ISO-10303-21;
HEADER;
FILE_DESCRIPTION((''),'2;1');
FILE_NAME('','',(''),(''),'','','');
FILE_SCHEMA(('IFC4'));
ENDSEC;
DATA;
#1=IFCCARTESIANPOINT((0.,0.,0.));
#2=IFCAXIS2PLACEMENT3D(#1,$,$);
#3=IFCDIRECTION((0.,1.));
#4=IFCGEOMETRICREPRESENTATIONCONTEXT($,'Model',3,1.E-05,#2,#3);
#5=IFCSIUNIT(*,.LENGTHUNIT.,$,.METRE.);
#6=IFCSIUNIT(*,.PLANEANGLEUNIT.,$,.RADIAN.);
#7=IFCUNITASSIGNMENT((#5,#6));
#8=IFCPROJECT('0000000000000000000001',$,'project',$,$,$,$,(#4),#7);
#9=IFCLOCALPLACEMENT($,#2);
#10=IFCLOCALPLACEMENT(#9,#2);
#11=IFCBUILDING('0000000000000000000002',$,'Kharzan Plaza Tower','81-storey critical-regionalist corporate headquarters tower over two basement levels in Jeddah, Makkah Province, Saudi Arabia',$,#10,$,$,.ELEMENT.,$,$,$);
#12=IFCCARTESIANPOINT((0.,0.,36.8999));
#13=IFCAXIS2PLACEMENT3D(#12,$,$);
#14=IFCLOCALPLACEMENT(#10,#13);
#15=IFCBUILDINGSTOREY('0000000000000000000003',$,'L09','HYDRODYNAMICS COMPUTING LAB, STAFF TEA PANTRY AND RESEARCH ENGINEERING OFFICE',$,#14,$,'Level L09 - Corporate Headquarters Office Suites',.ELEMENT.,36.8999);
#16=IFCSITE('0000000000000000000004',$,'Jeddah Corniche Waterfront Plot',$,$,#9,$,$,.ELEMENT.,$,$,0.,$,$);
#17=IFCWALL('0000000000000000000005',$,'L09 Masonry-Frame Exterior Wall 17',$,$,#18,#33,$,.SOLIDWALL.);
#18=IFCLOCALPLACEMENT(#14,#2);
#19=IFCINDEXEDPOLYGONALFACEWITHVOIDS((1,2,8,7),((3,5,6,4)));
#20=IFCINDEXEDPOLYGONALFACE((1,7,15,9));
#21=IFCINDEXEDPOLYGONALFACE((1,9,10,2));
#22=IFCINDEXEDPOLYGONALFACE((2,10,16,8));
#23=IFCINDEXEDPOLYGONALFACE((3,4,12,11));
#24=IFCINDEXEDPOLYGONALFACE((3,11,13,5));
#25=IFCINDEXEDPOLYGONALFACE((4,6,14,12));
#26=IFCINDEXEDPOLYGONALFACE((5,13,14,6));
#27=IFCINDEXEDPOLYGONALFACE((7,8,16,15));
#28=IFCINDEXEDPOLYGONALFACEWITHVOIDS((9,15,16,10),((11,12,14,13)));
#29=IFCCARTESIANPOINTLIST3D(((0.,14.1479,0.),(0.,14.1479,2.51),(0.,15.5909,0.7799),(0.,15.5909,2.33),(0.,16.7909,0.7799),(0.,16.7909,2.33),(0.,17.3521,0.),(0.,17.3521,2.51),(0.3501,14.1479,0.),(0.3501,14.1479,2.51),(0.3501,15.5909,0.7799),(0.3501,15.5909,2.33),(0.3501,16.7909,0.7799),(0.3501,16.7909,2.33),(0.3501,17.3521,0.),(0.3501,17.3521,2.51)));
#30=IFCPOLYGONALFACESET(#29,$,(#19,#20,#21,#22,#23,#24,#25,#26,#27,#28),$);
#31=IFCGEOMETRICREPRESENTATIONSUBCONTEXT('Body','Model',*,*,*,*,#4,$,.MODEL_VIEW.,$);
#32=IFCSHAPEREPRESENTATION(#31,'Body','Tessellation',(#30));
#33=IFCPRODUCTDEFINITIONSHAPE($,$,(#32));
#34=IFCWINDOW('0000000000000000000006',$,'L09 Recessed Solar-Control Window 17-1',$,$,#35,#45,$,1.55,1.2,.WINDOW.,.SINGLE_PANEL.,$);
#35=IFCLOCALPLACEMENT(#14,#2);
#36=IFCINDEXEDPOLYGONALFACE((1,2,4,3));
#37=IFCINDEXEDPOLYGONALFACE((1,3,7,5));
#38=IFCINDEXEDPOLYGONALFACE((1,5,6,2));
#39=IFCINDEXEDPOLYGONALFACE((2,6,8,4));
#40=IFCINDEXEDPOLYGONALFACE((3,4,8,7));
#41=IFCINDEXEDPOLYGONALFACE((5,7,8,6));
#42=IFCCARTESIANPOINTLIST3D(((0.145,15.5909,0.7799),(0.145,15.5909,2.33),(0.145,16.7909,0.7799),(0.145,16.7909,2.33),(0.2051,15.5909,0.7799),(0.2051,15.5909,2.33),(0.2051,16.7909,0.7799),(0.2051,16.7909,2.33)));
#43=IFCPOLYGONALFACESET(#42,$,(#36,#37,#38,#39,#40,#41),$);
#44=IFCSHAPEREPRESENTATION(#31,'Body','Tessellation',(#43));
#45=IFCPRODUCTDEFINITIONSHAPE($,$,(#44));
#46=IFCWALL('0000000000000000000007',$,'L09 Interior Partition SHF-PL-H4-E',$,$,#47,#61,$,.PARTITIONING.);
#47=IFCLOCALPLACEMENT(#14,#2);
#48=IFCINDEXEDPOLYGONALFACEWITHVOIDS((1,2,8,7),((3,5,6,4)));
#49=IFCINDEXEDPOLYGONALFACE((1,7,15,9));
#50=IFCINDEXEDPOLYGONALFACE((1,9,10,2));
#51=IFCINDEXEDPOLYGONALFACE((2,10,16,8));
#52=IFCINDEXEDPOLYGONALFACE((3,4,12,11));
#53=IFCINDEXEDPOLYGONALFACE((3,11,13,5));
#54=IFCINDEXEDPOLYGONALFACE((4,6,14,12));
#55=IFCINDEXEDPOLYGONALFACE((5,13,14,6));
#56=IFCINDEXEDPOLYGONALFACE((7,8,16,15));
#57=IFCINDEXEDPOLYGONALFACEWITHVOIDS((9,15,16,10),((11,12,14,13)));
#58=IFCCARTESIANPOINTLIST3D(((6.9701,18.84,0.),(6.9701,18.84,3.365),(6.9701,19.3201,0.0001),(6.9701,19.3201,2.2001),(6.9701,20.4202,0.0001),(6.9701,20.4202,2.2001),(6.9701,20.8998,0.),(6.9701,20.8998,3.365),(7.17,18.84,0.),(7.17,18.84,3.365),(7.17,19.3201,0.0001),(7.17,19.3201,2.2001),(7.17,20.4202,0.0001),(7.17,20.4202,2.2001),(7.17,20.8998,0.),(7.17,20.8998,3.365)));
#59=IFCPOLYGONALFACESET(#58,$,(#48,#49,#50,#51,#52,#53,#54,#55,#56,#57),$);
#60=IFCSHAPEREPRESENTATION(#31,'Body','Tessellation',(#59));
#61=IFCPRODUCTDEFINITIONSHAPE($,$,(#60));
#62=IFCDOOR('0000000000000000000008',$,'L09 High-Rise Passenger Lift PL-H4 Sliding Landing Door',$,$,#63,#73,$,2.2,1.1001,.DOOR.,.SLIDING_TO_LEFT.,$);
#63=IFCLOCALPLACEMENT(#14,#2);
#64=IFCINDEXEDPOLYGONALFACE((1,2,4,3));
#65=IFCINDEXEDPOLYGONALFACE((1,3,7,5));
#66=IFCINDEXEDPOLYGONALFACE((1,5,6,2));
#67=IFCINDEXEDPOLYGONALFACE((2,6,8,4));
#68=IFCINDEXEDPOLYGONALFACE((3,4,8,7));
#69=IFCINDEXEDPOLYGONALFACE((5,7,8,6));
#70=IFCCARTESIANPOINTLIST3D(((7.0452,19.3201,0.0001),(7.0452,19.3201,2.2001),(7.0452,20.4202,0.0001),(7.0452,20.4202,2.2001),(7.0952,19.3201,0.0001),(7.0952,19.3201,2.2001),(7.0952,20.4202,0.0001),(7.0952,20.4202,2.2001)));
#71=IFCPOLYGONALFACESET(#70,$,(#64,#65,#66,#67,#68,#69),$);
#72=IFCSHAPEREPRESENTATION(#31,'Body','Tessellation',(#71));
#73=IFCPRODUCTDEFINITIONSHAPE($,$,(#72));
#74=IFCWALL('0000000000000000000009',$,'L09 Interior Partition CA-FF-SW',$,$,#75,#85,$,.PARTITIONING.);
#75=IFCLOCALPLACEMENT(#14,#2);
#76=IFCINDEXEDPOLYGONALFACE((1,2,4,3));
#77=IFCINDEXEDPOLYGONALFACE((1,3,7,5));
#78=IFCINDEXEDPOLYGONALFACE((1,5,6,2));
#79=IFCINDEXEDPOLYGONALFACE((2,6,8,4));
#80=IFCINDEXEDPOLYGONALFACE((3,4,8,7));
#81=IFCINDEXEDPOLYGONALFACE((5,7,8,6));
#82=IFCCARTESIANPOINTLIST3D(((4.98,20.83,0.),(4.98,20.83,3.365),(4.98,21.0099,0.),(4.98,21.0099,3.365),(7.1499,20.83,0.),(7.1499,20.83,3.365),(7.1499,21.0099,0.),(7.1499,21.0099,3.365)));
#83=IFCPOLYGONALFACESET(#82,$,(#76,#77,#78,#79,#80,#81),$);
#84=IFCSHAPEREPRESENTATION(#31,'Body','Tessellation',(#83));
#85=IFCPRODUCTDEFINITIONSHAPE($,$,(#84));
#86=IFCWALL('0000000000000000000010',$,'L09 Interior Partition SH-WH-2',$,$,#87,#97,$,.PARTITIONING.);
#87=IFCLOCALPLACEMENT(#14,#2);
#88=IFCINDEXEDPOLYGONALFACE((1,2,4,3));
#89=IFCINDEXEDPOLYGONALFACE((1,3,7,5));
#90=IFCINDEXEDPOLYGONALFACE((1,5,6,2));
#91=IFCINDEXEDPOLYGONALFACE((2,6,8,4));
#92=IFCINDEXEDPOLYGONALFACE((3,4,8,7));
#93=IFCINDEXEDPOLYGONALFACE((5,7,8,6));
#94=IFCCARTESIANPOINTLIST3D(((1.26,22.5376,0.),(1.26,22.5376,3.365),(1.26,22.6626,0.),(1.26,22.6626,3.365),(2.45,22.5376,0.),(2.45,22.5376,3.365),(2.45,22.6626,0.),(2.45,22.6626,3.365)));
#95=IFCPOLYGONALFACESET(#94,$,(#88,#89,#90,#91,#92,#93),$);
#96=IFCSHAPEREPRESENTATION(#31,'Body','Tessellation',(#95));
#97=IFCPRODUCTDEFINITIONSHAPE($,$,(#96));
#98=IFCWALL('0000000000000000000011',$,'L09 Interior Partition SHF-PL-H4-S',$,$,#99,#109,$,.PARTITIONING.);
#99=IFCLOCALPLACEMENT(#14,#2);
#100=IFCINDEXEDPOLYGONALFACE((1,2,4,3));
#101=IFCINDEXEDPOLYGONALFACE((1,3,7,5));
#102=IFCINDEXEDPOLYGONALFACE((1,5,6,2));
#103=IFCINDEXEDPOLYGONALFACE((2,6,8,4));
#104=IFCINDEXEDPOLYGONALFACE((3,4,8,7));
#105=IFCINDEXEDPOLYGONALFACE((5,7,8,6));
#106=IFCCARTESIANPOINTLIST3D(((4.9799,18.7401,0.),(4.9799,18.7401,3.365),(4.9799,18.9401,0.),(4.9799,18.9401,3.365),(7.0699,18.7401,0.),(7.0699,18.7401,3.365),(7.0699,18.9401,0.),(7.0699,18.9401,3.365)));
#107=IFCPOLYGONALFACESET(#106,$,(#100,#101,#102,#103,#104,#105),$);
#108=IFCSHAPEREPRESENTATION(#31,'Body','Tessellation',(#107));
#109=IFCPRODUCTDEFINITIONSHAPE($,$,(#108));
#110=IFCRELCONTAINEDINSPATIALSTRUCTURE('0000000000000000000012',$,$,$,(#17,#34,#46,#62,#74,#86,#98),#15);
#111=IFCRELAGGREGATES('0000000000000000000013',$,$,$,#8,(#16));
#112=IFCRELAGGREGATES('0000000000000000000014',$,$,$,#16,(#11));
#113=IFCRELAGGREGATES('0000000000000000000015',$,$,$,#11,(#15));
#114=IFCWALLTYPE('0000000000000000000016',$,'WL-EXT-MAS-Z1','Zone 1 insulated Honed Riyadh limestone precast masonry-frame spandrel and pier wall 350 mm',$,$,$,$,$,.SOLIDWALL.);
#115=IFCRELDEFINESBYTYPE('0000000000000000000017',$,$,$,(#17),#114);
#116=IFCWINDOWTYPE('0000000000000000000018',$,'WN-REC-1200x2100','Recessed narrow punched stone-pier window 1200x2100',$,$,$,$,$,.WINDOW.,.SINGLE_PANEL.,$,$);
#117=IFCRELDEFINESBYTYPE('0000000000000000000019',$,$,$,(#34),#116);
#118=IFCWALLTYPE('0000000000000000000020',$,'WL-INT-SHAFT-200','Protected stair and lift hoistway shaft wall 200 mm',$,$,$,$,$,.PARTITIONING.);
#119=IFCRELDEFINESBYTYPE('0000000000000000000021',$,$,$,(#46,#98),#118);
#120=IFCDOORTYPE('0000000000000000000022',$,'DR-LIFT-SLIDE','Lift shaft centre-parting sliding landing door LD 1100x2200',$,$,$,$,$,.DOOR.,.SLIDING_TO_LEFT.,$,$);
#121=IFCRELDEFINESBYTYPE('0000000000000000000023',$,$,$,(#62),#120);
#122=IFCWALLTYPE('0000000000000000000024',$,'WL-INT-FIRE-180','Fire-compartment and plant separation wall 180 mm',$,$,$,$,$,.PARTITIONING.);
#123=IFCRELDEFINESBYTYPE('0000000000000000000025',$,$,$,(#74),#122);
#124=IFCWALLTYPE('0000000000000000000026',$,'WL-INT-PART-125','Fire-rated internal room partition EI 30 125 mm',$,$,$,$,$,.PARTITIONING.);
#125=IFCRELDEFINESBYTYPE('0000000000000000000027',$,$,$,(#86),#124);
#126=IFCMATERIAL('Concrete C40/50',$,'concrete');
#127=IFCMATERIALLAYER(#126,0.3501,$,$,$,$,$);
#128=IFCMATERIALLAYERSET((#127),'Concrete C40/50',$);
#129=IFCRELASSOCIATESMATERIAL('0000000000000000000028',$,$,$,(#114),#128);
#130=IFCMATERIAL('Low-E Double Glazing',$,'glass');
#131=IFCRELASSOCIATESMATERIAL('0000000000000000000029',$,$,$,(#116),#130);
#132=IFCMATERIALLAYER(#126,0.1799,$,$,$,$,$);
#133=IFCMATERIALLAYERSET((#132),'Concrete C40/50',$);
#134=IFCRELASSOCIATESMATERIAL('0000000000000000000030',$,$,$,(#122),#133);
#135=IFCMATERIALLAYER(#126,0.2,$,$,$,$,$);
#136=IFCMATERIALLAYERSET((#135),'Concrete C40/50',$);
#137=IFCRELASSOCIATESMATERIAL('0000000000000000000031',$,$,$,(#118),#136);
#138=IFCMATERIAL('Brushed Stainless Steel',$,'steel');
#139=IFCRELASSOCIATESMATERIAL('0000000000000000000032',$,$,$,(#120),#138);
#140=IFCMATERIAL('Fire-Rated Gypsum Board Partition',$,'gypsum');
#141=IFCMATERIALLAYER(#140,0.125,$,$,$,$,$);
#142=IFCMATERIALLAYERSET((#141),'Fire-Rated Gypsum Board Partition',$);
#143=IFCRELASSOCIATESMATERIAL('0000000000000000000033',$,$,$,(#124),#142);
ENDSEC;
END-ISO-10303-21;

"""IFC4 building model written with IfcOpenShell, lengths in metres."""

from ifc_helpers import new_model, si_unit, direction, frame, frame_2d, origin, place, context, subcontext, project, spatial, rectangle, extrude, source, transform, mapped, material, layer, layer_set, type_object, element, fill, save


model = new_model("IFC4")

# Units and contexts
model_context = context("Model", 3, precision=1e-05, world=origin(), true_north=direction((0.0, 1.0)))
body_context = subcontext(model_context, "Body", "Model", "MODEL_VIEW")
ifc_project = project(units=[si_unit("LENGTHUNIT", "METRE"), si_unit("PLANEANGLEUNIT", "RADIAN")], contexts=[model_context])

# Site, building, storey
site_placement = place(None, origin())
site = spatial("IfcSite", under=ifc_project, at=site_placement, Name="Jeddah Corniche Waterfront Plot", CompositionType="ELEMENT", RefElevation=0.0)
building_placement = place(site_placement, origin())
building = spatial("IfcBuilding", under=site, at=building_placement, Name="Kharzan Plaza Tower", Description="81-storey critical-regionalist corporate headquarters tower over two basement levels in Jeddah, Makkah Province, Saudi Arabia", CompositionType="ELEMENT")
storey_placement = place(building_placement, frame((0.0, 0.0, 36.8999)))
storey = spatial("IfcBuildingStorey", under=building, at=storey_placement, Name="L09", Description="HYDRODYNAMICS COMPUTING LAB, STAFF TEA PANTRY AND RESEARCH ENGINEERING OFFICE", LongName="Level L09 - Corporate Headquarters Office Suites", CompositionType="ELEMENT", Elevation=36.8999)

# Wall, opening, window
ifc_material_1 = material(Name="Concrete C40/50", Category="concrete")
ifc_layer_1 = layer(ifc_material_1, 0.3501)
ifc_layer_set_1 = layer_set([ifc_layer_1], Name="Concrete C40/50")
wall_type_1 = type_object("IfcWallType", Name="WL-EXT-MAS-Z1", Description="Zone 1 insulated Honed Riyadh limestone precast masonry-frame spandrel and pier wall 350 mm", PredefinedType="SOLIDWALL", material=ifc_layer_set_1)
ifc_material_2 = material(Name="Low-E Double Glazing", Category="glass")
wall_1_placement = place(storey_placement, frame((0.175, 17.3521, 0.0), z_axis=(0.0, 0.0, 1.0), x_axis=(0.0, -1.0, 0.0)))
wall_1 = element("IfcWall", 1, at=wall_1_placement, inside=storey, type_object=wall_type_1, Name="L09 Masonry-Frame Exterior Wall 17", PredefinedType="SOLIDWALL", context=body_context, shape_type="SweptSolid", body=[
    extrude(rectangle(XDim=3.2041, YDim=0.3501, at=frame_2d((1.6021, 0.0))), origin(), (0.0, 0.0, 1.0), 2.51),
])
opening_1_placement = place(wall_1_placement, frame((0.561, 0.0, 0.78)))
opening_1 = element("IfcOpeningElement", 2, at=opening_1_placement, cuts=wall_1, PredefinedType="OPENING", context=body_context, shape_type="SweptSolid", body=[
    extrude(rectangle(XDim=1.2, YDim=1.55, at=frame_2d((0.6001, 0.7749))), frame((0.0, 0.1851, 0.0), z_axis=(0.0, -1.0, 0.0), x_axis=(1.0, 0.0, 0.0)), (0.0, 0.0, 1.0), 0.3701),
])
window_type_1 = type_object("IfcWindowType", Name="WN-REC-1200x2100", Description="Recessed narrow punched stone-pier window 1200x2100", PartitioningType="SINGLE_PANEL", PredefinedType="WINDOW", material=ifc_material_2)
shared_shape_1 = source(origin(), body_context, "Body", "SweptSolid", [
    extrude(rectangle(XDim=1.2, YDim=1.55, at=frame_2d((0.6001, 0.7749))), frame((0.0, 0.03, 0.0), z_axis=(0.0, -1.0, 0.0), x_axis=(1.0, 0.0, 0.0)), (0.0, 0.0, 1.0), 0.0601),
])
window_1_placement = place(opening_1_placement, origin())
window_1 = element("IfcWindow", 3, at=window_1_placement, inside=storey, type_object=window_type_1, Name="L09 Recessed Solar-Control Window 17-1", OverallHeight=1.55, OverallWidth=1.2, PartitioningType="SINGLE_PANEL", PredefinedType="WINDOW", context=body_context, shape_type="MappedRepresentation", body=[
    mapped(shared_shape_1, transform((0.0, 0.0, 0.0), x_axis=(1.0, 0.0, 0.0), y_axis=(0.0, 1.0, 0.0), z_axis=(0.0, 0.0, 1.0))),
])
fill(opening_1, window_1)

# Wall, opening, door
ifc_layer_2 = layer(ifc_material_1, 0.1799)
ifc_layer_set_2 = layer_set([ifc_layer_2], Name="Concrete C40/50")
wall_type_2 = type_object("IfcWallType", Name="WL-INT-FIRE-180", Description="Fire-compartment and plant separation wall 180 mm", PredefinedType="PARTITIONING", material=ifc_layer_set_2)
ifc_layer_3 = layer(ifc_material_1, 0.2)
ifc_layer_set_3 = layer_set([ifc_layer_3], Name="Concrete C40/50")
wall_type_3 = type_object("IfcWallType", Name="WL-INT-SHAFT-200", Description="Protected stair and lift hoistway shaft wall 200 mm", PredefinedType="PARTITIONING", material=ifc_layer_set_3)
wall_2_placement = place(storey_placement, frame((7.0701, 18.8401, 0.0), z_axis=(0.0, 0.0, 1.0), x_axis=(0.0, 1.0, 0.0)))
wall_2 = element("IfcWall", 4, at=wall_2_placement, inside=storey, type_object=wall_type_3, Name="L09 Interior Partition SHF-PL-H4-E", PredefinedType="PARTITIONING", context=body_context, shape_type="SweptSolid", body=[
    extrude(rectangle(XDim=2.0598, YDim=0.2, at=frame_2d((1.0298, 0.0))), origin(), (0.0, 0.0, 1.0), 3.365),
])
opening_2_placement = place(wall_2_placement, frame((0.48, 0.0, 0.0)))
opening_2 = element("IfcOpeningElement", 5, at=opening_2_placement, cuts=wall_2, PredefinedType="OPENING", context=body_context, shape_type="SweptSolid", body=[
    extrude(rectangle(XDim=1.1001, YDim=2.2, at=frame_2d((0.55, 1.1001))), frame((0.0, 0.1099, 0.0), z_axis=(0.0, -1.0, 0.0), x_axis=(1.0, 0.0, 0.0)), (0.0, 0.0, 1.0), 0.22),
])
ifc_material_3 = material(Name="Brushed Stainless Steel", Category="steel")
door_type_1 = type_object("IfcDoorType", Name="DR-LIFT-SLIDE", Description="Lift shaft centre-parting sliding landing door LD 1100x2200", OperationType="SLIDING_TO_LEFT", PredefinedType="DOOR", material=ifc_material_3)
shared_shape_2 = source(origin(), body_context, "Body", "SweptSolid", [
    extrude(rectangle(XDim=1.1001, YDim=2.2, at=frame_2d((0.55, 1.1001))), frame((0.0, 0.0249, 0.0), z_axis=(0.0, -1.0, 0.0), x_axis=(1.0, 0.0, 0.0)), (0.0, 0.0, 1.0), 0.05),
])
door_1_placement = place(opening_2_placement, origin())
door_1 = element("IfcDoor", 6, at=door_1_placement, inside=storey, type_object=door_type_1, Name="L09 High-Rise Passenger Lift PL-H4 Sliding Landing Door", OperationType="SLIDING_TO_LEFT", OverallHeight=2.2, OverallWidth=1.1001, PredefinedType="DOOR", context=body_context, shape_type="MappedRepresentation", body=[
    mapped(shared_shape_2, transform((0.0, 0.0, 0.0), x_axis=(1.0, 0.0, 0.0), y_axis=(0.0, 1.0, 0.0), z_axis=(0.0, 0.0, 1.0))),
])
fill(opening_2, door_1)

# Walls
shared_shape_3 = source(origin(), body_context, "Body", "SweptSolid", [
    extrude(rectangle(XDim=2.1699, YDim=0.1799, at=frame_2d((1.085, 0.0))), origin(), (0.0, 0.0, 1.0), 3.365),
])
wall_3_placement = place(storey_placement, frame((4.98, 20.9199, 0.0), z_axis=(0.0, 0.0, 1.0), x_axis=(1.0, 0.0, 0.0)))
element("IfcWall", 7, at=wall_3_placement, inside=storey, type_object=wall_type_2, Name="L09 Interior Partition CA-FF-SW", PredefinedType="PARTITIONING", context=body_context, shape_type="MappedRepresentation", body=[
    mapped(shared_shape_3, transform((0.0, 0.0, 0.0), x_axis=(1.0, 0.0, 0.0), y_axis=(0.0, 1.0, 0.0), z_axis=(0.0, 0.0, 1.0))),
])
ifc_material_4 = material(Name="Fire-Rated Gypsum Board Partition", Category="gypsum")
ifc_layer_4 = layer(ifc_material_4, 0.125)
ifc_layer_set_4 = layer_set([ifc_layer_4], Name="Fire-Rated Gypsum Board Partition")
wall_type_4 = type_object("IfcWallType", Name="WL-INT-PART-125", Description="Fire-rated internal room partition EI 30 125 mm", PredefinedType="PARTITIONING", material=ifc_layer_set_4)
shared_shape_4 = source(origin(), body_context, "Body", "SweptSolid", [
    extrude(rectangle(XDim=1.1899, YDim=0.125, at=frame_2d((0.595, 0.0))), origin(), (0.0, 0.0, 1.0), 3.365),
])
wall_4_placement = place(storey_placement, frame((1.26, 22.6001, 0.0), z_axis=(0.0, 0.0, 1.0), x_axis=(1.0, 0.0, 0.0)))
element("IfcWall", 8, at=wall_4_placement, inside=storey, type_object=wall_type_4, Name="L09 Interior Partition SH-WH-2", PredefinedType="PARTITIONING", context=body_context, shape_type="MappedRepresentation", body=[
    mapped(shared_shape_4, transform((0.0, 0.0, 0.0), x_axis=(1.0, 0.0, 0.0), y_axis=(0.0, 1.0, 0.0), z_axis=(0.0, 0.0, 1.0))),
])
shared_shape_5 = source(origin(), body_context, "Body", "SweptSolid", [
    extrude(rectangle(XDim=2.0901, YDim=0.2, at=frame_2d((1.0449, 0.0))), origin(), (0.0, 0.0, 1.0), 3.365),
])
wall_5_placement = place(storey_placement, frame((4.98, 18.8401, 0.0), z_axis=(0.0, 0.0, 1.0), x_axis=(1.0, 0.0, 0.0)))
element("IfcWall", 9, at=wall_5_placement, inside=storey, type_object=wall_type_3, Name="L09 Interior Partition SHF-PL-H4-S", PredefinedType="PARTITIONING", context=body_context, shape_type="MappedRepresentation", body=[
    mapped(shared_shape_5, transform((0.0, 0.0, 0.0), x_axis=(1.0, 0.0, 0.0), y_axis=(0.0, 1.0, 0.0), z_axis=(0.0, 0.0, 1.0))),
])

save(model, "model.ifc")
